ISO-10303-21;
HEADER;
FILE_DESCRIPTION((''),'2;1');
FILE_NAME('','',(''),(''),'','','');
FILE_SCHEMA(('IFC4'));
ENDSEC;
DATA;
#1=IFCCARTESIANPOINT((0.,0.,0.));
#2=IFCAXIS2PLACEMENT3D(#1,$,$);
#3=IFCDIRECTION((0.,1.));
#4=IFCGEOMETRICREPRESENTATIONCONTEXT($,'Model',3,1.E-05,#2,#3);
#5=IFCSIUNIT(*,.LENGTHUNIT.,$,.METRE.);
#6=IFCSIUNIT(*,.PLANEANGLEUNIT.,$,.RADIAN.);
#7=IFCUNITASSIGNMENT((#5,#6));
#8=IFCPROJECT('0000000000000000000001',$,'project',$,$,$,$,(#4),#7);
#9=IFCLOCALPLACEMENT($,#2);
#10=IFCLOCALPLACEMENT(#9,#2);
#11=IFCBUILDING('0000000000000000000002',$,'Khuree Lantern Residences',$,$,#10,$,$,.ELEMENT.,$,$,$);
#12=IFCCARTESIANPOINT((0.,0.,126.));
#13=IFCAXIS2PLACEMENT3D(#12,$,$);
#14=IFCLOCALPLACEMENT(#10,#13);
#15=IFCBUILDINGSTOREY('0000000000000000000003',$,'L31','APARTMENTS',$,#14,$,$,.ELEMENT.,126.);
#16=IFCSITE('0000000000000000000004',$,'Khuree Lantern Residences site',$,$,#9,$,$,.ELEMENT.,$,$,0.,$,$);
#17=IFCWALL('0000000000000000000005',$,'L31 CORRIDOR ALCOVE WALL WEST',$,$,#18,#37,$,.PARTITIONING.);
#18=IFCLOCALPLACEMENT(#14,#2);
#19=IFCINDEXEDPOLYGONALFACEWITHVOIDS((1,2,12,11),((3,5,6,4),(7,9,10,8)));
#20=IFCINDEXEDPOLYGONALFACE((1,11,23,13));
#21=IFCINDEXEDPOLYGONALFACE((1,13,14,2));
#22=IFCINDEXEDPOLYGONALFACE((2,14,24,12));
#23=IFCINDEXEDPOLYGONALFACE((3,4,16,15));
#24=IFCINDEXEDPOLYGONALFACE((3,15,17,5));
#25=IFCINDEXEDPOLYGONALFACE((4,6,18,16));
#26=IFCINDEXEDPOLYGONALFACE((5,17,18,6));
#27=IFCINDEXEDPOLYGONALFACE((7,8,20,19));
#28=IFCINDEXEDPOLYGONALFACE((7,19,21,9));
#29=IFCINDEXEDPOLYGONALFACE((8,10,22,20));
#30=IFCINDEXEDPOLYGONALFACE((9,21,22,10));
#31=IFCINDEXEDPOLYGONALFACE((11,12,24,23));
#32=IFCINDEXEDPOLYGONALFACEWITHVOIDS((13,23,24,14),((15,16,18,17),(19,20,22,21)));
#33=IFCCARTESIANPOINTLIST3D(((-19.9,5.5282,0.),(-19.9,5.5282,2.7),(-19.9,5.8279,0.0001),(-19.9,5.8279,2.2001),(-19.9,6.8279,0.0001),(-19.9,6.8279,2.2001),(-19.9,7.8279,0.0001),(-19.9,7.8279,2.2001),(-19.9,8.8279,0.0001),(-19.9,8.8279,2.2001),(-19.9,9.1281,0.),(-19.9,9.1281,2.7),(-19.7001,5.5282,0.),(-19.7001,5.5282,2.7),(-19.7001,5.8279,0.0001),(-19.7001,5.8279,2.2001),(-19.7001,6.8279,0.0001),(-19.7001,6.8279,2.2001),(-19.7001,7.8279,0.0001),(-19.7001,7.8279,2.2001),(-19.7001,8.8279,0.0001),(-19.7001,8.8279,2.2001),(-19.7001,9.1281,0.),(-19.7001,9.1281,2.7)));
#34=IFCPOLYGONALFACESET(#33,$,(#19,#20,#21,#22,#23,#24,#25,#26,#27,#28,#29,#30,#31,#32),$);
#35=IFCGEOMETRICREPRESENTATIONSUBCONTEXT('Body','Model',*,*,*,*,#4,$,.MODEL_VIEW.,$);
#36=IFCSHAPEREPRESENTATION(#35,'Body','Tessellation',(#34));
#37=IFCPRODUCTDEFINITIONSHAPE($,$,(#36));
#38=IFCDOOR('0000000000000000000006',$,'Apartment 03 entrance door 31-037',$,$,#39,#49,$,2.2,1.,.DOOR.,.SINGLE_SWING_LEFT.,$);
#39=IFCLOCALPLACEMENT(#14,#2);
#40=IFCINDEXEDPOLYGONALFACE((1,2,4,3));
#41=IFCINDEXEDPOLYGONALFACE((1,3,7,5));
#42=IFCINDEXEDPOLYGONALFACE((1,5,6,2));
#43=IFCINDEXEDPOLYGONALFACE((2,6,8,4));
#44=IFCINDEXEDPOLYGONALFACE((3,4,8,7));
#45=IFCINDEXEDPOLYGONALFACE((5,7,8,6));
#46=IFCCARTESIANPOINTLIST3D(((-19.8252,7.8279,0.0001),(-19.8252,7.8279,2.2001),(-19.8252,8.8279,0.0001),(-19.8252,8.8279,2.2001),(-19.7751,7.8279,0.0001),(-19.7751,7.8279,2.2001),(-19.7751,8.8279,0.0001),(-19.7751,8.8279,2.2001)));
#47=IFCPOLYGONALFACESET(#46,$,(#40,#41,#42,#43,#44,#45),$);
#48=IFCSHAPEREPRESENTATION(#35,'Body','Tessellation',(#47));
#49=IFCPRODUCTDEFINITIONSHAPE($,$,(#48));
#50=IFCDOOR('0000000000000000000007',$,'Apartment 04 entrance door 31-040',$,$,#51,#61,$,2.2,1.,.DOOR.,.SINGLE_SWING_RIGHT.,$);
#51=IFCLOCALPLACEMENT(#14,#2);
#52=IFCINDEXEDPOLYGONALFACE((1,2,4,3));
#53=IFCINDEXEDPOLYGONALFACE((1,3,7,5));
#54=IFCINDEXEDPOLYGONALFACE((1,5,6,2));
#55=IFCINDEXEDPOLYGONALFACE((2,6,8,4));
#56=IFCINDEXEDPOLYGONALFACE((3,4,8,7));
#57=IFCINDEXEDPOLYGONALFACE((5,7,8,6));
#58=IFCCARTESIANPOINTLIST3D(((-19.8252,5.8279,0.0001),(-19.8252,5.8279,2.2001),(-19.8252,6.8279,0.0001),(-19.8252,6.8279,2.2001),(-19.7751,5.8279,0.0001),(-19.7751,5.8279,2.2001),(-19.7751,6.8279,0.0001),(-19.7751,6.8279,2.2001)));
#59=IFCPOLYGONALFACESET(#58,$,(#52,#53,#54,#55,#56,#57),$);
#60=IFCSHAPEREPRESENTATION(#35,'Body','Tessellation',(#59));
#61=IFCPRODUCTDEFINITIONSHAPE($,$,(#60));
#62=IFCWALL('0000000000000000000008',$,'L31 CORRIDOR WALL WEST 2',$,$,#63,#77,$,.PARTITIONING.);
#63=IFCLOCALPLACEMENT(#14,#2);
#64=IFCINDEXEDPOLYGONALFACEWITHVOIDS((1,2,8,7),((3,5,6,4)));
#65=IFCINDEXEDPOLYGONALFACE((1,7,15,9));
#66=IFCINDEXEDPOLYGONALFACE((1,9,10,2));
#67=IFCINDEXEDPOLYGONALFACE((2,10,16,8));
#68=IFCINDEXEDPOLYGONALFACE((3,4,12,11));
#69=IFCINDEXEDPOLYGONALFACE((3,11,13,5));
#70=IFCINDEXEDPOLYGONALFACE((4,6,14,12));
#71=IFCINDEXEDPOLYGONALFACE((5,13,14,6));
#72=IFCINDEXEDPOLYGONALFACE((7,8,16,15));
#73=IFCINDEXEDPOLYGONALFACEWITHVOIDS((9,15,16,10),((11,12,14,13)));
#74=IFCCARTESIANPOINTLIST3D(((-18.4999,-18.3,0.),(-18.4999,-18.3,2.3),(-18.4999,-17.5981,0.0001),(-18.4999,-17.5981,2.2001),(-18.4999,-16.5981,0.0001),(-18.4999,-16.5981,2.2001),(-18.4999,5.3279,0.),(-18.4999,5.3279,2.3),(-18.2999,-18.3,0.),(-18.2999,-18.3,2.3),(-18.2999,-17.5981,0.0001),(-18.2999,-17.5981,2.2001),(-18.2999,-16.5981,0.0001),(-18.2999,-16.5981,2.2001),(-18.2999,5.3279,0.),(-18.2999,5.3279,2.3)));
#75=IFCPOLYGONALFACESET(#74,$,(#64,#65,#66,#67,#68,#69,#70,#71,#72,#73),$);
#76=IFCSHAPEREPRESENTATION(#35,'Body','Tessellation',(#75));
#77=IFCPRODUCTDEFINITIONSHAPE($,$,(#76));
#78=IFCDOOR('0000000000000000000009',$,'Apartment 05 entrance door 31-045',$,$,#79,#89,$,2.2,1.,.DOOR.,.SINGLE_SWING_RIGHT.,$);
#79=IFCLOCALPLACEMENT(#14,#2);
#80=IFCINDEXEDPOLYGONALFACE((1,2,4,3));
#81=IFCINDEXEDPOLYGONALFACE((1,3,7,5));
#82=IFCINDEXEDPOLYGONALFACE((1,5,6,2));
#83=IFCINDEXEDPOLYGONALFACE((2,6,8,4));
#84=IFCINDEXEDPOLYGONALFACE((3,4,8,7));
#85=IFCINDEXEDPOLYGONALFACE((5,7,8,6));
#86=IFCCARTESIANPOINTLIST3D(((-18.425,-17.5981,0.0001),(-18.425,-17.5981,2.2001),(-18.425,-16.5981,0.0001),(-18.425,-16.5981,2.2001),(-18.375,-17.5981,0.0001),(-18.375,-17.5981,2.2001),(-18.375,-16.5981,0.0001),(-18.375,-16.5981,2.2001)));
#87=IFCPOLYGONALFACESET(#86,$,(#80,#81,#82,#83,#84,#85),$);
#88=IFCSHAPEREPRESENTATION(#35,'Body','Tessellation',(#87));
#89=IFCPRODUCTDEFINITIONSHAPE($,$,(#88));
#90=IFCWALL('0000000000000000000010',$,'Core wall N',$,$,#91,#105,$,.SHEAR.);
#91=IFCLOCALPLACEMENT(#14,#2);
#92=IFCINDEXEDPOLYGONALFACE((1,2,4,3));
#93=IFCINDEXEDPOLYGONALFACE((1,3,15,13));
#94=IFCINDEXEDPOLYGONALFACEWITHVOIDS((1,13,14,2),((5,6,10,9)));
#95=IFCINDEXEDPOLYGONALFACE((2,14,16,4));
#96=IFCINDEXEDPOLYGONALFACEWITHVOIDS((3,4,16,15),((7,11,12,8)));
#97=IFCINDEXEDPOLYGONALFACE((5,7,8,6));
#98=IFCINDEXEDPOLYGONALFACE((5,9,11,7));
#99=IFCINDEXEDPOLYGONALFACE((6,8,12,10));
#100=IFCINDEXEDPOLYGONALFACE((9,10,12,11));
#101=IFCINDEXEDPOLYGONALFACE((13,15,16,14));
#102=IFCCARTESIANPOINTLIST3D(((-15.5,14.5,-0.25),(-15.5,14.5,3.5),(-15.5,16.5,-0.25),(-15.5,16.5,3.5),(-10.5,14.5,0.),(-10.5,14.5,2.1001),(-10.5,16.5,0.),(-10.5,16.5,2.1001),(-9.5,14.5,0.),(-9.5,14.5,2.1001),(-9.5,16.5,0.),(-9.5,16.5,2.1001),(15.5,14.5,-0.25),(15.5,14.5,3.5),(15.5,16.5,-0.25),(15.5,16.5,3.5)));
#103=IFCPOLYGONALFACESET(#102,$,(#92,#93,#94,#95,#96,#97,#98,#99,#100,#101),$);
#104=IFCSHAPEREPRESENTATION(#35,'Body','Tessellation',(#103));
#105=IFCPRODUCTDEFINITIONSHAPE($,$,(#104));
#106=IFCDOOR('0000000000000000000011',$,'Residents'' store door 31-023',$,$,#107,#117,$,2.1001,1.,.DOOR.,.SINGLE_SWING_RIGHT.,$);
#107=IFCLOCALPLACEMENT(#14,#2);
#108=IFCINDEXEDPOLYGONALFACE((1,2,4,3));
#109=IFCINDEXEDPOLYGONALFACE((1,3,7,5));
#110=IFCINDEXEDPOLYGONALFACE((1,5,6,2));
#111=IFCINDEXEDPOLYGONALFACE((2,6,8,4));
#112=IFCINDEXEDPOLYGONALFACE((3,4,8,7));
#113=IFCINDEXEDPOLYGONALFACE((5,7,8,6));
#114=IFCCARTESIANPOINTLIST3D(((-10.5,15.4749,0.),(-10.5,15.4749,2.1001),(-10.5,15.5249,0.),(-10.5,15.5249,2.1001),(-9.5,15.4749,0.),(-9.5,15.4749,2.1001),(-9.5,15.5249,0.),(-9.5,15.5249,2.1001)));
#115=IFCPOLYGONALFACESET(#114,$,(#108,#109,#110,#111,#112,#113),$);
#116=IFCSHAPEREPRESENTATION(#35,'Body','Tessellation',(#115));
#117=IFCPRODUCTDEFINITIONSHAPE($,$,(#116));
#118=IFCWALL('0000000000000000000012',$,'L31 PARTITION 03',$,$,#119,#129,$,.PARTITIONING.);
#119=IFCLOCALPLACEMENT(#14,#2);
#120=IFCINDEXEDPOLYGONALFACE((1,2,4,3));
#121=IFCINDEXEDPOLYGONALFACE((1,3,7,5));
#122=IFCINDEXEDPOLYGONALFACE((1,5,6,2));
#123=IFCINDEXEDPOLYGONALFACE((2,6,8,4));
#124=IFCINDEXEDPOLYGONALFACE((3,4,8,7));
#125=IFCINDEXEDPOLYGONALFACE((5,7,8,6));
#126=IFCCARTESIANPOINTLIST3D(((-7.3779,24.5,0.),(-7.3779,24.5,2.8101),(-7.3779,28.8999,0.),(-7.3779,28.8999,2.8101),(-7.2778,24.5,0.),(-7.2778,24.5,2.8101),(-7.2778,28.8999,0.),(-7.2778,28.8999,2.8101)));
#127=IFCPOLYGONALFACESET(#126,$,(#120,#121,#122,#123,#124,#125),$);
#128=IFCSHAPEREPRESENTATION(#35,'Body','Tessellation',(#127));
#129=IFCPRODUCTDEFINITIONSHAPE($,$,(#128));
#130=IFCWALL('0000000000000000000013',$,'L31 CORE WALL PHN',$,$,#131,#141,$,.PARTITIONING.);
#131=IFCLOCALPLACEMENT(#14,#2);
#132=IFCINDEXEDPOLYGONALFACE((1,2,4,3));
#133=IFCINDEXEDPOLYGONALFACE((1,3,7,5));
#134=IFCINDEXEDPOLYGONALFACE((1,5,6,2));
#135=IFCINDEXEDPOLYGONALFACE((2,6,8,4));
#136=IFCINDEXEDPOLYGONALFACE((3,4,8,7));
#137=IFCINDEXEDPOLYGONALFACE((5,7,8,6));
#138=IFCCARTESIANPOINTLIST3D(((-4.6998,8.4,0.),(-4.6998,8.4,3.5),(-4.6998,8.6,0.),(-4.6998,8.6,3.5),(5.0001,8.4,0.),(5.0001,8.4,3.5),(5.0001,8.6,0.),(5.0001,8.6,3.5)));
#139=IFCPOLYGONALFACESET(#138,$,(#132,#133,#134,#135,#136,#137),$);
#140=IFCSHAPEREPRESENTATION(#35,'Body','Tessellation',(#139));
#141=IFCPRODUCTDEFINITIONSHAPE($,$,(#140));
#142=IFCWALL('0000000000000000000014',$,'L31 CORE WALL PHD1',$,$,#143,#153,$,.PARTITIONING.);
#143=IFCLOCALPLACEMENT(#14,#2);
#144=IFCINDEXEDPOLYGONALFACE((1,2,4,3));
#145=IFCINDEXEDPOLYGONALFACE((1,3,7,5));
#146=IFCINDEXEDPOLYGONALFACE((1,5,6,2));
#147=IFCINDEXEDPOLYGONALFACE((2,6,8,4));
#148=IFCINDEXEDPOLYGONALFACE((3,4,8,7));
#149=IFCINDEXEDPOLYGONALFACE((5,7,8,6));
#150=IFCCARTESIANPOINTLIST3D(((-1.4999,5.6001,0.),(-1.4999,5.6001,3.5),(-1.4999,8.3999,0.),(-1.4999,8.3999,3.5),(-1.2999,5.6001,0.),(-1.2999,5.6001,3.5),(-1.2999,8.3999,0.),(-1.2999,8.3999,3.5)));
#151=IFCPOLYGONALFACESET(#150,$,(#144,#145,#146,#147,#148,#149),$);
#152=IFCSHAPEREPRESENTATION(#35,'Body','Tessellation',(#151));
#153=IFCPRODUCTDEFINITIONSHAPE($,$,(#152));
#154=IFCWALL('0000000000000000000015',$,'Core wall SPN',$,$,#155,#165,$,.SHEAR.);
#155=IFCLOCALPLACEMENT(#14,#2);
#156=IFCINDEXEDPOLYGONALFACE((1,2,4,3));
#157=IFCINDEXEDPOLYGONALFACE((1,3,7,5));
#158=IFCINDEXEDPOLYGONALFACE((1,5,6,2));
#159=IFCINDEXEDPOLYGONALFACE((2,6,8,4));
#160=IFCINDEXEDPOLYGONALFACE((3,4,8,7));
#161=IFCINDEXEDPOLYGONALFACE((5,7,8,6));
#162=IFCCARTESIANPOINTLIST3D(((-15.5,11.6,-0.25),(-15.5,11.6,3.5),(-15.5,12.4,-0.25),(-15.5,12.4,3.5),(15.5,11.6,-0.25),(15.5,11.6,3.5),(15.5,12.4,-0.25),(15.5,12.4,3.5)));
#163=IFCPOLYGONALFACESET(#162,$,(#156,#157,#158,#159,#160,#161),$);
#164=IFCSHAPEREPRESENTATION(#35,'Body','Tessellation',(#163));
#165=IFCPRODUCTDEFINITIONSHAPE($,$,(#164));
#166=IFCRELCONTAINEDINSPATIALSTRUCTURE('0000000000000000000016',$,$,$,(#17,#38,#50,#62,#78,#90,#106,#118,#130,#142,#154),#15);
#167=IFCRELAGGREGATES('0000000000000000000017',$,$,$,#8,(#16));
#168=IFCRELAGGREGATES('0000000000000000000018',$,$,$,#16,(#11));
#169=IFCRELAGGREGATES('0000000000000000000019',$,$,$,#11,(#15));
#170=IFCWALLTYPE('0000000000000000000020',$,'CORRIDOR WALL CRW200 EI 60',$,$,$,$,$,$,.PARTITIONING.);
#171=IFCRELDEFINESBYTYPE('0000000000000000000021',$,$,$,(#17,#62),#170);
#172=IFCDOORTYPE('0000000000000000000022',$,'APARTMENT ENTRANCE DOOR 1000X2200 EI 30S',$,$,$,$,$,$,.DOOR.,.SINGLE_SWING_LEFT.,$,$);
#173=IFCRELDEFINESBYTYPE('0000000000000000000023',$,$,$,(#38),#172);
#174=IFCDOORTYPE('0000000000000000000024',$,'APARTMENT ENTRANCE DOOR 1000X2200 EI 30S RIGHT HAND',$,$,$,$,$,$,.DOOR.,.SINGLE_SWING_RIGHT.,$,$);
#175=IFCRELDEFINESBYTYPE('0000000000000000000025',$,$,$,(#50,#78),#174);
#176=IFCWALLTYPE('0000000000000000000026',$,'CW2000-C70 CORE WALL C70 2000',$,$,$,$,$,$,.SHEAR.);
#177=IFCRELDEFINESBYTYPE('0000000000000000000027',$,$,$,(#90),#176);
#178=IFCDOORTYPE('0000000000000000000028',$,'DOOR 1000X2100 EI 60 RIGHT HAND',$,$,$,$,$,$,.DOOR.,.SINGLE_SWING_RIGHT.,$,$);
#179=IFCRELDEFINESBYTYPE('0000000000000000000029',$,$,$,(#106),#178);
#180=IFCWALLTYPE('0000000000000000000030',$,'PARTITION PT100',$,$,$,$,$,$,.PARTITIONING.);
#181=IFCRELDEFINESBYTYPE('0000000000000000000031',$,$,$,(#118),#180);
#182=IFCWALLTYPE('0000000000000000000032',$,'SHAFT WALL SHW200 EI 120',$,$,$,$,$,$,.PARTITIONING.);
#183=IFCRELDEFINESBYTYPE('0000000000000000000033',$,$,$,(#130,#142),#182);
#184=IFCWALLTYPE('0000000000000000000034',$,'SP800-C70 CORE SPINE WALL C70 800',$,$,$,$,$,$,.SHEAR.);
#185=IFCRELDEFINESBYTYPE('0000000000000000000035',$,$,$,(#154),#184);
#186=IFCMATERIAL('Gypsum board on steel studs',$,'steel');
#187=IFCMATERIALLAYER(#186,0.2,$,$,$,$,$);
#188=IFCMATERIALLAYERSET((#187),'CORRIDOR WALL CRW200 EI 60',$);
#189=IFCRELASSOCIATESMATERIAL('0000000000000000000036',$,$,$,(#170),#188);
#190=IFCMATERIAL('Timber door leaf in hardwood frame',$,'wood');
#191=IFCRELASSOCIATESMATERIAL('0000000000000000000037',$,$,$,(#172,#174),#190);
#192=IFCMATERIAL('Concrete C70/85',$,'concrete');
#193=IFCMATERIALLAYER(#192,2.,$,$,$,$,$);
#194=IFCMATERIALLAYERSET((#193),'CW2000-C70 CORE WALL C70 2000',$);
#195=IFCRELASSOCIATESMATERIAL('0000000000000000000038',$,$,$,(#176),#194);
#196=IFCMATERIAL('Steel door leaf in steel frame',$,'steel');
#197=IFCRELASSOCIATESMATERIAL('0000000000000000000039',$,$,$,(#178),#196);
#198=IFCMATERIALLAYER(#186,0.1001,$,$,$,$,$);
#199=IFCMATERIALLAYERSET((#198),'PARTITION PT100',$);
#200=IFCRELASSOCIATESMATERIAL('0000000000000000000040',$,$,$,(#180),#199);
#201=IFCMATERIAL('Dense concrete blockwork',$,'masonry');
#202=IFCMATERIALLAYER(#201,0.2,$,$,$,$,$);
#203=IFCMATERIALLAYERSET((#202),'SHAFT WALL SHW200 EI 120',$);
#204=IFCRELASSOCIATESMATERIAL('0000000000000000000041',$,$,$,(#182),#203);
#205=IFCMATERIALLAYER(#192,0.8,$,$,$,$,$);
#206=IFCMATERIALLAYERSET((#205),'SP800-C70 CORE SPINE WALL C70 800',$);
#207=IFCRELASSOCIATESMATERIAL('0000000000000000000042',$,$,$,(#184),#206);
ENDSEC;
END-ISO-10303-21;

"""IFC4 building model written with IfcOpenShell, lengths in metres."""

from ifc_helpers import new_model, si_unit, direction, frame, frame_2d, origin, place, context, subcontext, project, spatial, rectangle, extrude, material, layer, layer_set, type_object, element, fill, save


model = new_model("IFC4")

# Units and contexts
model_context = context("Model", 3, precision=1e-05, world=origin(), true_north=direction((0.0, 1.0)))
body_context = subcontext(model_context, "Body", "Model", "MODEL_VIEW")
ifc_project = project(units=[si_unit("LENGTHUNIT", "METRE"), si_unit("PLANEANGLEUNIT", "RADIAN")], contexts=[model_context])

# Site, building, storey
site_placement = place(None, origin())
site = spatial("IfcSite", under=ifc_project, at=site_placement, Name="Khuree Lantern Residences site", CompositionType="ELEMENT", RefElevation=0.0)
building_placement = place(site_placement, origin())
building = spatial("IfcBuilding", under=site, at=building_placement, Name="Khuree Lantern Residences", CompositionType="ELEMENT")
storey_placement = place(building_placement, frame((0.0, 0.0, 126.0)))
storey = spatial("IfcBuildingStorey", under=building, at=storey_placement, Name="L31", Description="APARTMENTS", CompositionType="ELEMENT", Elevation=126.0)

# Shared definitions
ifc_material_1 = material(Name="Concrete C70/85", Category="concrete")

# Shared definitions
ifc_material_2 = material(Name="Dense concrete blockwork", Category="masonry")

# Shared definitions
ifc_material_3 = material(Name="Steel door leaf in steel frame", Category="steel")
ifc_material_4 = material(Name="Timber door leaf in hardwood frame", Category="wood")

# Shared definitions
ifc_material_5 = material(Name="Gypsum board on steel studs", Category="steel")
ifc_layer_1 = layer(ifc_material_5, 0.2)
ifc_layer_set_1 = layer_set([ifc_layer_1], Name="CORRIDOR WALL CRW200 EI 60")
wall_type_1 = type_object("IfcWallType", Name="CORRIDOR WALL CRW200 EI 60", PredefinedType="PARTITIONING", material=ifc_layer_set_1)

# Wall, openings, doors
wall_1_placement = place(storey_placement, frame((-19.8, 9.1279, 0.0), z_axis=(0.0, 0.0, 1.0), x_axis=(0.0, -1.0, 0.0)))
wall_1 = element("IfcWall", 1, at=wall_1_placement, inside=storey, type_object=wall_type_1, Name="L31 CORRIDOR ALCOVE WALL WEST", PredefinedType="PARTITIONING", context=body_context, shape_type="SweptSolid", body=[
    extrude(rectangle(XDim=3.5999, YDim=0.2, at=frame_2d((1.7998, 0.0))), origin(), (0.0, 0.0, 1.0), 2.7),
])
opening_1_placement = place(wall_1_placement, frame((0.3, 0.0, 0.0)))
opening_1 = element("IfcOpeningElement", 2, at=opening_1_placement, cuts=wall_1, PredefinedType="OPENING", context=body_context, shape_type="SweptSolid", body=[
    extrude(rectangle(XDim=1.0, YDim=2.2, at=frame_2d((0.5, 1.1001))), frame((0.0, 0.1099, 0.0), z_axis=(0.0, -1.0, 0.0), x_axis=(1.0, 0.0, 0.0)), (0.0, 0.0, 1.0), 0.22),
])
opening_2_placement = place(wall_1_placement, frame((2.3, 0.0, 0.0)))
opening_2 = element("IfcOpeningElement", 3, at=opening_2_placement, cuts=wall_1, PredefinedType="OPENING", context=body_context, shape_type="SweptSolid", body=[
    extrude(rectangle(XDim=1.0, YDim=2.2, at=frame_2d((0.5, 1.1001))), frame((0.0, 0.1099, 0.0), z_axis=(0.0, -1.0, 0.0), x_axis=(1.0, 0.0, 0.0)), (0.0, 0.0, 1.0), 0.22),
])
door_type_1 = type_object("IfcDoorType", Name="APARTMENT ENTRANCE DOOR 1000X2200 EI 30S", OperationType="SINGLE_SWING_LEFT", PredefinedType="DOOR", material=ifc_material_4)
door_1_placement = place(opening_1_placement, origin())
door_1 = element("IfcDoor", 4, at=door_1_placement, inside=storey, type_object=door_type_1, Name="Apartment 03 entrance door 31-037", OperationType="SINGLE_SWING_LEFT", OverallHeight=2.2, OverallWidth=1.0, PredefinedType="DOOR", context=body_context, shape_type="SweptSolid", body=[
    extrude(rectangle(XDim=1.0, YDim=2.2, at=frame_2d((0.5, 1.1001))), frame((0.0, 0.0249, 0.0), z_axis=(0.0, -1.0, 0.0), x_axis=(1.0, 0.0, 0.0)), (0.0, 0.0, 1.0), 0.05),
])
fill(opening_1, door_1)
door_type_2 = type_object("IfcDoorType", Name="APARTMENT ENTRANCE DOOR 1000X2200 EI 30S RIGHT HAND", OperationType="SINGLE_SWING_RIGHT", PredefinedType="DOOR", material=ifc_material_4)
door_2_placement = place(opening_2_placement, origin())
door_2 = element("IfcDoor", 5, at=door_2_placement, inside=storey, type_object=door_type_2, Name="Apartment 04 entrance door 31-040", OperationType="SINGLE_SWING_RIGHT", OverallHeight=2.2, OverallWidth=1.0, PredefinedType="DOOR", context=body_context, shape_type="SweptSolid", body=[
    extrude(rectangle(XDim=1.0, YDim=2.2, at=frame_2d((0.5, 1.1001))), frame((0.0, 0.0249, 0.0), z_axis=(0.0, -1.0, 0.0), x_axis=(1.0, 0.0, 0.0)), (0.0, 0.0, 1.0), 0.05),
])
fill(opening_2, door_2)

# Walls, openings, doors
wall_2_placement = place(storey_placement, frame((-18.3999, 5.3279, 0.0), z_axis=(0.0, 0.0, 1.0), x_axis=(0.0, -1.0, 0.0)))
wall_2 = element("IfcWall", 6, at=wall_2_placement, inside=storey, type_object=wall_type_1, Name="L31 CORRIDOR WALL WEST 2", PredefinedType="PARTITIONING", context=body_context, shape_type="SweptSolid", body=[
    extrude(rectangle(XDim=23.6279, YDim=0.2, at=frame_2d((11.814, 0.0))), origin(), (0.0, 0.0, 1.0), 2.3),
])
opening_3_placement = place(wall_2_placement, frame((21.926, 0.0, 0.0)))
opening_3 = element("IfcOpeningElement", 7, at=opening_3_placement, cuts=wall_2, PredefinedType="OPENING", context=body_context, shape_type="SweptSolid", body=[
    extrude(rectangle(XDim=1.0, YDim=2.2, at=frame_2d((0.5, 1.1001))), frame((0.0, 0.1099, 0.0), z_axis=(0.0, -1.0, 0.0), x_axis=(1.0, 0.0, 0.0)), (0.0, 0.0, 1.0), 0.22),
])
door_3_placement = place(opening_3_placement, origin())
door_3 = element("IfcDoor", 8, at=door_3_placement, inside=storey, type_object=door_type_2, Name="Apartment 05 entrance door 31-045", OperationType="SINGLE_SWING_RIGHT", OverallHeight=2.2, OverallWidth=1.0, PredefinedType="DOOR", context=body_context, shape_type="SweptSolid", body=[
    extrude(rectangle(XDim=1.0, YDim=2.2, at=frame_2d((0.5, 1.1001))), frame((0.0, 0.0249, 0.0), z_axis=(0.0, -1.0, 0.0), x_axis=(1.0, 0.0, 0.0)), (0.0, 0.0, 1.0), 0.05),
])
fill(opening_3, door_3)
ifc_layer_2 = layer(ifc_material_1, 2.0)
ifc_layer_set_2 = layer_set([ifc_layer_2], Name="CW2000-C70 CORE WALL C70 2000")
wall_type_2 = type_object("IfcWallType", Name="CW2000-C70 CORE WALL C70 2000", PredefinedType="SHEAR", material=ifc_layer_set_2)
wall_3_placement = place(storey_placement, frame((-15.5, 15.5, -0.25), z_axis=(0.0, 0.0, 1.0), x_axis=(1.0, 0.0, 0.0)))
wall_3 = element("IfcWall", 9, at=wall_3_placement, inside=storey, type_object=wall_type_2, Name="Core wall N", PredefinedType="SHEAR", context=body_context, shape_type="SweptSolid", body=[
    extrude(rectangle(XDim=31.0, YDim=2.0, at=frame_2d((15.5, 0.0))), origin(), (0.0, 0.0, 1.0), 3.75),
])
opening_4_placement = place(wall_3_placement, frame((5.0, 0.0, 0.25)))
opening_4 = element("IfcOpeningElement", 10, at=opening_4_placement, cuts=wall_3, PredefinedType="OPENING", context=body_context, shape_type="SweptSolid", body=[
    extrude(rectangle(XDim=1.0, YDim=2.1001, at=frame_2d((0.5, 1.05))), frame((0.0, 1.01, 0.0), z_axis=(0.0, -1.0, 0.0), x_axis=(1.0, 0.0, 0.0)), (0.0, 0.0, 1.0), 2.02),
])
door_type_3 = type_object("IfcDoorType", Name="DOOR 1000X2100 EI 60 RIGHT HAND", OperationType="SINGLE_SWING_RIGHT", PredefinedType="DOOR", material=ifc_material_3)
door_4_placement = place(opening_4_placement, origin())
door_4 = element("IfcDoor", 11, at=door_4_placement, inside=storey, type_object=door_type_3, Name="Residents' store door 31-023", OperationType="SINGLE_SWING_RIGHT", OverallHeight=2.1001, OverallWidth=1.0, PredefinedType="DOOR", context=body_context, shape_type="SweptSolid", body=[
    extrude(rectangle(XDim=1.0, YDim=2.1001, at=frame_2d((0.5, 1.05))), frame((0.0, 0.0249, 0.0), z_axis=(0.0, -1.0, 0.0), x_axis=(1.0, 0.0, 0.0)), (0.0, 0.0, 1.0), 0.05),
])
fill(opening_4, door_4)

# Walls
ifc_layer_3 = layer(ifc_material_5, 0.1001)
ifc_layer_set_3 = layer_set([ifc_layer_3], Name="PARTITION PT100")
wall_type_3 = type_object("IfcWallType", Name="PARTITION PT100", PredefinedType="PARTITIONING", material=ifc_layer_set_3)
wall_4_placement = place(storey_placement, frame((-7.3279, 24.5, 0.0), z_axis=(0.0, 0.0, 1.0), x_axis=(0.0, 1.0, 0.0)))
element("IfcWall", 12, at=wall_4_placement, inside=storey, type_object=wall_type_3, Name="L31 PARTITION 03", PredefinedType="PARTITIONING", context=body_context, shape_type="SweptSolid", body=[
    extrude(rectangle(XDim=4.3999, YDim=0.1001, at=frame_2d((2.2, 0.0))), origin(), (0.0, 0.0, 1.0), 2.8101),
])
ifc_layer_4 = layer(ifc_material_2, 0.2)
ifc_layer_set_4 = layer_set([ifc_layer_4], Name="SHAFT WALL SHW200 EI 120")
wall_type_4 = type_object("IfcWallType", Name="SHAFT WALL SHW200 EI 120", PredefinedType="PARTITIONING", material=ifc_layer_set_4)
wall_5_placement = place(storey_placement, frame((-4.7, 8.5, 0.0), z_axis=(0.0, 0.0, 1.0), x_axis=(1.0, 0.0, 0.0)))
element("IfcWall", 13, at=wall_5_placement, inside=storey, type_object=wall_type_4, Name="L31 CORE WALL PHN", PredefinedType="PARTITIONING", context=body_context, shape_type="SweptSolid", body=[
    extrude(rectangle(XDim=9.7, YDim=0.2, at=frame_2d((4.8501, 0.0))), origin(), (0.0, 0.0, 1.0), 3.5),
])
wall_6_placement = place(storey_placement, frame((-1.3999, 5.6001, 0.0), z_axis=(0.0, 0.0, 1.0), x_axis=(0.0, 1.0, 0.0)))
element("IfcWall", 14, at=wall_6_placement, inside=storey, type_object=wall_type_4, Name="L31 CORE WALL PHD1", PredefinedType="PARTITIONING", context=body_context, shape_type="SweptSolid", body=[
    extrude(rectangle(XDim=2.7998, YDim=0.2, at=frame_2d((1.3999, 0.0))), origin(), (0.0, 0.0, 1.0), 3.5),
])
ifc_layer_5 = layer(ifc_material_1, 0.8)
ifc_layer_set_5 = layer_set([ifc_layer_5], Name="SP800-C70 CORE SPINE WALL C70 800")
wall_type_5 = type_object("IfcWallType", Name="SP800-C70 CORE SPINE WALL C70 800", PredefinedType="SHEAR", material=ifc_layer_set_5)
wall_7_placement = place(storey_placement, frame((-15.5, 12.0, -0.25), z_axis=(0.0, 0.0, 1.0), x_axis=(1.0, 0.0, 0.0)))
element("IfcWall", 15, at=wall_7_placement, inside=storey, type_object=wall_type_5, Name="Core wall SPN", PredefinedType="SHEAR", context=body_context, shape_type="SweptSolid", body=[
    extrude(rectangle(XDim=31.0, YDim=0.8, at=frame_2d((15.5, 0.0))), origin(), (0.0, 0.0, 1.0), 3.75),
])

save(model, "model.ifc")
